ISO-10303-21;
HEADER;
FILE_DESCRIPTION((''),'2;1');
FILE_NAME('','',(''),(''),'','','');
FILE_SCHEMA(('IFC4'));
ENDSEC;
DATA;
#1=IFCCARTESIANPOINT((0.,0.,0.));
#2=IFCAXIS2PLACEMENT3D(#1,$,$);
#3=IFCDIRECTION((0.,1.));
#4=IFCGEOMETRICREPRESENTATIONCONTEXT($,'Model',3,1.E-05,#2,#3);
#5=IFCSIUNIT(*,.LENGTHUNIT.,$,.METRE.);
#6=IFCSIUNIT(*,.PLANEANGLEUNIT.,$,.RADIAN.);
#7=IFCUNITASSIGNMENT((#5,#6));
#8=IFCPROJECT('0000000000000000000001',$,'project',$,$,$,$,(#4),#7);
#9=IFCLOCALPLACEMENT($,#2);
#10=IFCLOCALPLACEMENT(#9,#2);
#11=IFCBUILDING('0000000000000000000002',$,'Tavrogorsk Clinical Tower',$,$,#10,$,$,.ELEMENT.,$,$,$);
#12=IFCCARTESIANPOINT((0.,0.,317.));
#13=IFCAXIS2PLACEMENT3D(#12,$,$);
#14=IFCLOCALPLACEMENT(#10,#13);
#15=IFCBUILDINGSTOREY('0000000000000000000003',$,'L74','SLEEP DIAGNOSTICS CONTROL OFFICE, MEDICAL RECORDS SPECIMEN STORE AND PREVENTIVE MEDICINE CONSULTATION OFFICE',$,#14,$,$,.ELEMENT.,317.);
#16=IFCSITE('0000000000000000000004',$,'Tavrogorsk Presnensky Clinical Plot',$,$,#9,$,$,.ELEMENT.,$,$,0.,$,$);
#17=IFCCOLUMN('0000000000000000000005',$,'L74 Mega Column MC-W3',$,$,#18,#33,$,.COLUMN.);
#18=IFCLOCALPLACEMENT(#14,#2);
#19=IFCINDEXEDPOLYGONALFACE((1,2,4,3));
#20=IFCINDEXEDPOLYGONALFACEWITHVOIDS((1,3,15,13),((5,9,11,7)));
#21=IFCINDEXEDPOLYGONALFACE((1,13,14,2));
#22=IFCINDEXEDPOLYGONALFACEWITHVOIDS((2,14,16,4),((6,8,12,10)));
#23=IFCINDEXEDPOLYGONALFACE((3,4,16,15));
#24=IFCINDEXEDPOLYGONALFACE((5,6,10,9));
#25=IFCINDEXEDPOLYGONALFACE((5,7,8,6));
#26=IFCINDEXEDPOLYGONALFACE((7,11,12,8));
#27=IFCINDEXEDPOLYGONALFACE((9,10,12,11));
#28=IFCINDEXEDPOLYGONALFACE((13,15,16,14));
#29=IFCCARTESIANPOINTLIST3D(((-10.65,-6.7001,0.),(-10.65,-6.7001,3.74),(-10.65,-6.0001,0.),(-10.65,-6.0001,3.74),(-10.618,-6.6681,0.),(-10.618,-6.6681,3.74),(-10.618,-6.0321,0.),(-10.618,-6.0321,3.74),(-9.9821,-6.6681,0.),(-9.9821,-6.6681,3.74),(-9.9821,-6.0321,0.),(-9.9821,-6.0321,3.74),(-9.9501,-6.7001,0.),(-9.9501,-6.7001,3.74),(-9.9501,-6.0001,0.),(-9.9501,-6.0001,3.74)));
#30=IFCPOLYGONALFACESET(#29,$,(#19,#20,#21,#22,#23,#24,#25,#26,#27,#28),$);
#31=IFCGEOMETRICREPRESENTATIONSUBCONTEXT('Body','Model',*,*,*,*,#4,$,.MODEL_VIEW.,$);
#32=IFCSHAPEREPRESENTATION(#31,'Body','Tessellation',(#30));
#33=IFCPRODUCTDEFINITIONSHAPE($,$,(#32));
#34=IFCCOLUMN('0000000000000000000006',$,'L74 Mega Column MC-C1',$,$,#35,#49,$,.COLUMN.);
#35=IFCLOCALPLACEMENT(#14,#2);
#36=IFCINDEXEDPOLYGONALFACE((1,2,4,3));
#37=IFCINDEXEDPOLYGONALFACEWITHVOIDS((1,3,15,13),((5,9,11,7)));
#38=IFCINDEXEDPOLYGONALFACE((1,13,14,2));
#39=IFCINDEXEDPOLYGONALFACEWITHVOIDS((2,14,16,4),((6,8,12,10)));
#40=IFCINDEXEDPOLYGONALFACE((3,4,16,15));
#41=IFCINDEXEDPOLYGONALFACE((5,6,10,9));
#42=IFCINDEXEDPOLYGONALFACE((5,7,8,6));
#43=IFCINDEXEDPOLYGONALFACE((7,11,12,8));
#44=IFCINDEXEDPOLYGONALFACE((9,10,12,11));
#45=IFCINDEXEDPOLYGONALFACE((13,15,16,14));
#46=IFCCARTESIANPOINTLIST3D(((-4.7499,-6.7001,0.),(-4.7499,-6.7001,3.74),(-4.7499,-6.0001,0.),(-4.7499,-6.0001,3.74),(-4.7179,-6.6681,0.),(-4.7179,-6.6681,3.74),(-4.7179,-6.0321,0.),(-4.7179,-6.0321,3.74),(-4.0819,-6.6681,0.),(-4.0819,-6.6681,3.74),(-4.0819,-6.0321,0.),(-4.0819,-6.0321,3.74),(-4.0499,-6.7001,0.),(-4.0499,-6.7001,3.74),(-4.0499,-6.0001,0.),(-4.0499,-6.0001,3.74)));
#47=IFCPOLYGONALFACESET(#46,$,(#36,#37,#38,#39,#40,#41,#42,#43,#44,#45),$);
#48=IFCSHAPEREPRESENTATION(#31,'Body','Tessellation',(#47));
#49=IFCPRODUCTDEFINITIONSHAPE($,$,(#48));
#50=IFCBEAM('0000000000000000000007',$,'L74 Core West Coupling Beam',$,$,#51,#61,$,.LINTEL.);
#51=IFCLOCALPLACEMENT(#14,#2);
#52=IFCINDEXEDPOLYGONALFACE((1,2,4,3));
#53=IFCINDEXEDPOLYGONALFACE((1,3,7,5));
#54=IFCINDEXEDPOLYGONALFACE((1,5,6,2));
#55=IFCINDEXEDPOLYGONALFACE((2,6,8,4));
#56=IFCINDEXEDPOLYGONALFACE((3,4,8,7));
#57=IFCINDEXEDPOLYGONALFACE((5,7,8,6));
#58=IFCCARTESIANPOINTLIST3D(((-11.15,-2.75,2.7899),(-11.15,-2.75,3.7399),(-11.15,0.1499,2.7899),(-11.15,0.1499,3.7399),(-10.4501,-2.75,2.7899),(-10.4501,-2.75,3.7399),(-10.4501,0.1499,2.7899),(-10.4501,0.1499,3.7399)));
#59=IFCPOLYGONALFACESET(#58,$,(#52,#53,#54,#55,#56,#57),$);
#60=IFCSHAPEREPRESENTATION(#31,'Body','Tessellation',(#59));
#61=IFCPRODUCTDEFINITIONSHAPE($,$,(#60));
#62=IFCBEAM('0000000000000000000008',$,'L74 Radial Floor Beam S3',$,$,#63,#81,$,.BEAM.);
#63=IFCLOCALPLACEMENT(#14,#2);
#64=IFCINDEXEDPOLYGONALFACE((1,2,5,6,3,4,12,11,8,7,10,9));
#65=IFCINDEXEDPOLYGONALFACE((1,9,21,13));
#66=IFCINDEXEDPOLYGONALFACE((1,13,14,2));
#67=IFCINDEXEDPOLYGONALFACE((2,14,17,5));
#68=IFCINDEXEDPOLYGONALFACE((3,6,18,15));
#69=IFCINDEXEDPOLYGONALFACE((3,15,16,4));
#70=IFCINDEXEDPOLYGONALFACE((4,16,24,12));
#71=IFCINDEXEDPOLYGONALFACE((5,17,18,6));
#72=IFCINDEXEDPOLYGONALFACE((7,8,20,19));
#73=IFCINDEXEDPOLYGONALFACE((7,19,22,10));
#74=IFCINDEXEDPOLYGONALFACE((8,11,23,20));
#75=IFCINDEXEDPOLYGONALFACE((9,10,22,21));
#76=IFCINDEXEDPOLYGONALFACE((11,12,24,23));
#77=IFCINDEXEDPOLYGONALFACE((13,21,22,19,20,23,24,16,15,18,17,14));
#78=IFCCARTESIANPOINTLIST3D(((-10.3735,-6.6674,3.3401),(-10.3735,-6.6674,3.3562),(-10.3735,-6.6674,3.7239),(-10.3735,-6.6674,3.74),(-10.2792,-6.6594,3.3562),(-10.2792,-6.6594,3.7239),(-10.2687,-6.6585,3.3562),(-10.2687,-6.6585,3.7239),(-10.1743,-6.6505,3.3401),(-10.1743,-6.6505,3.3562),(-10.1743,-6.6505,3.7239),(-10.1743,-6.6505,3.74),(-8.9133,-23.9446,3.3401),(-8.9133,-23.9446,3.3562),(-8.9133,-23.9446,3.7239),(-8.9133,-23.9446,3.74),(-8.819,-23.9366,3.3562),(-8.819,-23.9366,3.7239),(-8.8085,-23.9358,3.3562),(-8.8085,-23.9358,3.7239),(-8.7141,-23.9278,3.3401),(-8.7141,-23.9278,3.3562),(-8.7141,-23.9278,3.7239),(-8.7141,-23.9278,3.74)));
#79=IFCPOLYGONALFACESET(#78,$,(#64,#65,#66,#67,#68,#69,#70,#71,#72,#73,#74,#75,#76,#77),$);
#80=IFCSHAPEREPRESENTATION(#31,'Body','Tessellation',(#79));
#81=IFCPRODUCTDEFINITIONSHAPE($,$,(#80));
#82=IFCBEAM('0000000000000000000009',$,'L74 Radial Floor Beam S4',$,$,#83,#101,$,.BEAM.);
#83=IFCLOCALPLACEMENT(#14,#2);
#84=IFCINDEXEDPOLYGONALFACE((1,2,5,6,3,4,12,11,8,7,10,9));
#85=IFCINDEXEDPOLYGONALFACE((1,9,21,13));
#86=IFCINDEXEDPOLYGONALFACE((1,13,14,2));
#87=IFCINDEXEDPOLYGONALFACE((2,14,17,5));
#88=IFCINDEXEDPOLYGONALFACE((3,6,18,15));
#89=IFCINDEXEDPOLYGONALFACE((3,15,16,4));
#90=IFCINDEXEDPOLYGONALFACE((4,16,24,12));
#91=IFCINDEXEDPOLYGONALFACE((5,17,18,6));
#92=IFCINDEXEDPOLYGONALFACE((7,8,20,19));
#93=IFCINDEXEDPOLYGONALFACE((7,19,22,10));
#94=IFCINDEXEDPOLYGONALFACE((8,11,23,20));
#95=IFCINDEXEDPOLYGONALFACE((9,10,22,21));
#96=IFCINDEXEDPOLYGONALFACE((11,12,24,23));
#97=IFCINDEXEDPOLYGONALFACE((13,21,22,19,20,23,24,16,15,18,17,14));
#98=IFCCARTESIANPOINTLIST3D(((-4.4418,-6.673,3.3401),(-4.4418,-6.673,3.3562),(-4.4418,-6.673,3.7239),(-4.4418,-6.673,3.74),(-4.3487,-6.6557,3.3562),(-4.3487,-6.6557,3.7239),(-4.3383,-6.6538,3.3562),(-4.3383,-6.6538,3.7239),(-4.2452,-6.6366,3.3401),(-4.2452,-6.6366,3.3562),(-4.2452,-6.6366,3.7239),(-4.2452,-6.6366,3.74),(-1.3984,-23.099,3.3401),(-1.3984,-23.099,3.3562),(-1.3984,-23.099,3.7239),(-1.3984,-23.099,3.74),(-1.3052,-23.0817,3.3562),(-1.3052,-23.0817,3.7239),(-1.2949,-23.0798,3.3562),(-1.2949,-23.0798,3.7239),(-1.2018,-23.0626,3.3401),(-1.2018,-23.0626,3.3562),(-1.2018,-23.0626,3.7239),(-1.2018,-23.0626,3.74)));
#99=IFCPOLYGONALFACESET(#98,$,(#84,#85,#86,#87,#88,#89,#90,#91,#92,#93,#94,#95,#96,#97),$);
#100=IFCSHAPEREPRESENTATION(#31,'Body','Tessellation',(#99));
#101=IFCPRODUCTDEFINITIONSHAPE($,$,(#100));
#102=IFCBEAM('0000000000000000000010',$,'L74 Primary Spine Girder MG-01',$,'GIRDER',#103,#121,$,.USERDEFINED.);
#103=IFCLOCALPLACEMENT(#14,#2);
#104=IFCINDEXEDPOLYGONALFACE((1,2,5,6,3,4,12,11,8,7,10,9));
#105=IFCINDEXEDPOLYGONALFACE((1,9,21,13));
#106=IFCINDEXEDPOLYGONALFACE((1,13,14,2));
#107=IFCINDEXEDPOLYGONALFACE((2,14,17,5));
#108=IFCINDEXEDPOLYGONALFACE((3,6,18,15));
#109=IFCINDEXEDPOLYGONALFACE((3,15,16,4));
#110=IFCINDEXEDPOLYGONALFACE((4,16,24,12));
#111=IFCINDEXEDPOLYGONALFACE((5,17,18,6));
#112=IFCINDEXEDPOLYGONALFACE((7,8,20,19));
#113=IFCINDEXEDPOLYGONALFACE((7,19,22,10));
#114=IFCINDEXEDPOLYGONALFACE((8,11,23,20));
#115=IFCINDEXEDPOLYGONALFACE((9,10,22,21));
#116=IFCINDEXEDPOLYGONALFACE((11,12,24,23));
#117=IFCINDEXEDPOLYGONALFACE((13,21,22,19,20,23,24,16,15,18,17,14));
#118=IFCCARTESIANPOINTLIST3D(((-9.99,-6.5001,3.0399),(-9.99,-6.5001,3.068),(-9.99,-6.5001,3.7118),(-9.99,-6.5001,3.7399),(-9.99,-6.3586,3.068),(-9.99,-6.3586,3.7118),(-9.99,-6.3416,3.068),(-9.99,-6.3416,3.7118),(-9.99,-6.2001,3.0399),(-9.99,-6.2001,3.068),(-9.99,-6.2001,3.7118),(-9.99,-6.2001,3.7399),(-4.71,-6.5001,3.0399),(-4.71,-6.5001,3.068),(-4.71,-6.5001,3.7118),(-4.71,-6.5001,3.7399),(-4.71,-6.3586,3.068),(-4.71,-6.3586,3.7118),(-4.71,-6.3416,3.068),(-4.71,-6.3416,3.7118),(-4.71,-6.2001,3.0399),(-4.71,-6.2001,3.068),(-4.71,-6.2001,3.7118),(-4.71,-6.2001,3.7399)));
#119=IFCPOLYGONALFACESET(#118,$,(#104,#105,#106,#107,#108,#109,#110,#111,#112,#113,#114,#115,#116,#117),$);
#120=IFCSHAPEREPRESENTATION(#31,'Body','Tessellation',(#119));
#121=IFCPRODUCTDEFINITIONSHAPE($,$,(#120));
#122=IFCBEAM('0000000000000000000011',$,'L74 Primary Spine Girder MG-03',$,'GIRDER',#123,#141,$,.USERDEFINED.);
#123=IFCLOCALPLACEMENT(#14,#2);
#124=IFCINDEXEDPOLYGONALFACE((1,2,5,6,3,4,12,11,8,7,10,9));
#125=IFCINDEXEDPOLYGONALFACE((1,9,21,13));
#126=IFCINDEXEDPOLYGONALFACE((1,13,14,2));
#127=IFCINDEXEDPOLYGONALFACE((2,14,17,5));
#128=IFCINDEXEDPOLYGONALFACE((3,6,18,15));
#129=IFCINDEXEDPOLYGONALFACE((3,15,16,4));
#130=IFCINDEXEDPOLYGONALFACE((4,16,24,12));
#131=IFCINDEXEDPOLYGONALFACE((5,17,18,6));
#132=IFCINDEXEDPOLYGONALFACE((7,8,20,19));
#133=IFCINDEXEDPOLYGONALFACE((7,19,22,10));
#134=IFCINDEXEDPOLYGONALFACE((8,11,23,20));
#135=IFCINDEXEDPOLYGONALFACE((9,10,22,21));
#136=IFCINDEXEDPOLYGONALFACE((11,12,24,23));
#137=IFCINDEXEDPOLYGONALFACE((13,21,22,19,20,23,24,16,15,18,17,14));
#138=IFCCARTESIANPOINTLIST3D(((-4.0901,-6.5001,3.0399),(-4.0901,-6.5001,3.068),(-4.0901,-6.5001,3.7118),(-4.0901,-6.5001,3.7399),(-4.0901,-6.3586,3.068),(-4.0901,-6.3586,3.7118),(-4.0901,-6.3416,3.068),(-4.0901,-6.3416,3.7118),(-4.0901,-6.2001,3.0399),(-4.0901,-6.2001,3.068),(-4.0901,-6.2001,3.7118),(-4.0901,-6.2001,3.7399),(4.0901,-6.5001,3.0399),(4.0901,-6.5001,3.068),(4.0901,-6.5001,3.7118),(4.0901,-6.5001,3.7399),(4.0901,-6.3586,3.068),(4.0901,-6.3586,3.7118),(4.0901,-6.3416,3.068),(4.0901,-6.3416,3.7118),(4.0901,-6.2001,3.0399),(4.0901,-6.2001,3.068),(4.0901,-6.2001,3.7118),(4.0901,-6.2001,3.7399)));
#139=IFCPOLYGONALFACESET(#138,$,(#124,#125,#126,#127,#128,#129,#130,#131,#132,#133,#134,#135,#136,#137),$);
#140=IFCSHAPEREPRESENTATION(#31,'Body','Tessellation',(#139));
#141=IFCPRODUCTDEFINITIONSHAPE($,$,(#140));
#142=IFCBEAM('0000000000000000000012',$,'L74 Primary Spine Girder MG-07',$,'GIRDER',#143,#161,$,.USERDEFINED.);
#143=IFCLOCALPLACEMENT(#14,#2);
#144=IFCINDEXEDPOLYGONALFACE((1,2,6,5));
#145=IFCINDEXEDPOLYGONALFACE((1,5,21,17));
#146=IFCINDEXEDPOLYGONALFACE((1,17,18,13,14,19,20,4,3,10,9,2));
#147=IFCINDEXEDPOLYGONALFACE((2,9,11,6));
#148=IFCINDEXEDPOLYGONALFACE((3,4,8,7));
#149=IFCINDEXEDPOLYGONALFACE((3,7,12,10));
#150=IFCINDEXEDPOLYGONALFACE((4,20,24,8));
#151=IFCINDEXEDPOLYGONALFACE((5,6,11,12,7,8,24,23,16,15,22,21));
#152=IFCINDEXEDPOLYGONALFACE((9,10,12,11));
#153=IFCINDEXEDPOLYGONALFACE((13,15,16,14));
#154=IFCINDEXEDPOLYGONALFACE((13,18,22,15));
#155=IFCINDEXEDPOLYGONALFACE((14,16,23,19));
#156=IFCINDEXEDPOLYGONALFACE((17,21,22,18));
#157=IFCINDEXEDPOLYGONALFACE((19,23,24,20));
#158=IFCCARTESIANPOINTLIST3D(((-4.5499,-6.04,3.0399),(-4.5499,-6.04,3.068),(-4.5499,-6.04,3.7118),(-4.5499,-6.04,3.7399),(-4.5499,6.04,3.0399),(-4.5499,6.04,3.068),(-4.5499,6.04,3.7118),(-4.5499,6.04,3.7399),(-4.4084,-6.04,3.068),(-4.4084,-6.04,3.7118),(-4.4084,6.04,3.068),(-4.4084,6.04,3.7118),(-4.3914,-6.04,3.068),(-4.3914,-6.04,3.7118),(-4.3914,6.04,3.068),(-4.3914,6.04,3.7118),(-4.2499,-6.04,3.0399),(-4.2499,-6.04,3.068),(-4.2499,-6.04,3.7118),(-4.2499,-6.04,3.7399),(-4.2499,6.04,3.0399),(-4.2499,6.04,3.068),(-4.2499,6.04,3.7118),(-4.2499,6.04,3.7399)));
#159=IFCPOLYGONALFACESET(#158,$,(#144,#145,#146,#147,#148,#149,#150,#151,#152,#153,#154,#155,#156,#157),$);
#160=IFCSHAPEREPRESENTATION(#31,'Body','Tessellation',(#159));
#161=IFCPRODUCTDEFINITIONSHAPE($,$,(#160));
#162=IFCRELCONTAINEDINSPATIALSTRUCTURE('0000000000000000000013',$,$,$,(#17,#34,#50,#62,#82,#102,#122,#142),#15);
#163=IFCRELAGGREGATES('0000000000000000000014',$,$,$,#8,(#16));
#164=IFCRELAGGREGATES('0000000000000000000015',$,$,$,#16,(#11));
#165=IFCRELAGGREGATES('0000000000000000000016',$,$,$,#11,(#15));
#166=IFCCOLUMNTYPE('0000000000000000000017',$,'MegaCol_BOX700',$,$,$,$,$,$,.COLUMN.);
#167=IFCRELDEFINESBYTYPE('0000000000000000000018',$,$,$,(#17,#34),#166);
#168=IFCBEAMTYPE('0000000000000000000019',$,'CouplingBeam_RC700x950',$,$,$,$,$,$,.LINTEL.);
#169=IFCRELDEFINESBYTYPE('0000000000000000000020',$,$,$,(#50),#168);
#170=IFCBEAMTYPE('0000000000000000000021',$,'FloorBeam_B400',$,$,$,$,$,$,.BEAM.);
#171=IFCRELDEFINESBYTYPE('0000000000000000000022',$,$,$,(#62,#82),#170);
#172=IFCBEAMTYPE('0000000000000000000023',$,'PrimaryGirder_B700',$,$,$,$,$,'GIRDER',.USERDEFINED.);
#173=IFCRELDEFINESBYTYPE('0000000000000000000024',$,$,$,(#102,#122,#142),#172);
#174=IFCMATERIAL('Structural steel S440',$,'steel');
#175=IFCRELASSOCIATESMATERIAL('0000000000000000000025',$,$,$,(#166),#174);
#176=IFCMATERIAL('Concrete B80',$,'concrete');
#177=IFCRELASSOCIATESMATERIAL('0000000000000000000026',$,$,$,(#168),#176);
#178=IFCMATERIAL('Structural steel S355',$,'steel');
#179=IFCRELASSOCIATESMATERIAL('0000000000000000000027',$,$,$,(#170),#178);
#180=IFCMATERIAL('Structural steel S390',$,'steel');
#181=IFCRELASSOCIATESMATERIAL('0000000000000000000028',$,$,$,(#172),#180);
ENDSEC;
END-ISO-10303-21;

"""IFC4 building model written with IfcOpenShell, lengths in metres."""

from ifc_helpers import new_model, si_unit, direction, frame, origin, origin_2d, place, context, subcontext, project, spatial, rectangle, hollow_rectangle, i_section, extrude, material, material_profile, profile_set, type_object, element, save


model = new_model("IFC4")

# Units and contexts
model_context = context("Model", 3, precision=1e-05, world=origin(), true_north=direction((0.0, 1.0)))
body_context = subcontext(model_context, "Body", "Model", "MODEL_VIEW")
ifc_project = project(units=[si_unit("LENGTHUNIT", "METRE"), si_unit("PLANEANGLEUNIT", "RADIAN")], contexts=[model_context])

# Site, building, storey
site_placement = place(None, origin())
site = spatial("IfcSite", under=ifc_project, at=site_placement, Name="Tavrogorsk Presnensky Clinical Plot", CompositionType="ELEMENT", RefElevation=0.0)
building_placement = place(site_placement, origin())
building = spatial("IfcBuilding", under=site, at=building_placement, Name="Tavrogorsk Clinical Tower", CompositionType="ELEMENT")
storey_placement = place(building_placement, frame((0.0, 0.0, 317.0)))
storey = spatial("IfcBuildingStorey", under=building, at=storey_placement, Name="L74", Description="SLEEP DIAGNOSTICS CONTROL OFFICE, MEDICAL RECORDS SPECIMEN STORE AND PREVENTIVE MEDICINE CONSULTATION OFFICE", CompositionType="ELEMENT", Elevation=317.0)

# Columns
ifc_material_1 = material(Name="Structural steel S440", Category="steel")
ifc_material_profile_1 = material_profile(ifc_material_1, hollow_rectangle(XDim=0.7, YDim=0.7, WallThickness=0.032, at=origin_2d()), Name="BOX-700x700x32")
ifc_profile_set_1 = profile_set([ifc_material_profile_1], Name="Structural steel S440")
column_type = type_object("IfcColumnType", Name="MegaCol_BOX700", PredefinedType="COLUMN", material=ifc_profile_set_1)
for number, where, z_axis, x_axis, name in (
    (1, (-10.3, -6.3501, 0.0), (0.0, 0.0, 1.0), (1.0, 0.0, 0.0), "L74 Mega Column MC-W3"),
    (2, (-4.3999, -6.3501, 0.0), (0.0, 0.0, 1.0), (1.0, 0.0, 0.0), "L74 Mega Column MC-C1"),
):
    element("IfcColumn", number, at=place(storey_placement, frame(where, z_axis=z_axis, x_axis=x_axis)), inside=storey, type_object=column_type, Name=name, PredefinedType="COLUMN", context=body_context, shape_type="SweptSolid", body=[
        extrude(hollow_rectangle(XDim=0.7, YDim=0.7, WallThickness=0.032, at=origin_2d()), origin(), (0.0, 0.0, 1.0), 3.74),
    ])

# Beams
ifc_material_2 = material(Name="Concrete B80", Category="concrete")
ifc_material_profile_2 = material_profile(ifc_material_2, rectangle(XDim=0.7, YDim=0.95, at=origin_2d()), Name="RC-CB-700x950")
ifc_profile_set_2 = profile_set([ifc_material_profile_2], Name="Concrete B80")
beam_type_1 = type_object("IfcBeamType", Name="CouplingBeam_RC700x950", PredefinedType="LINTEL", material=ifc_profile_set_2)
beam_1_placement = place(storey_placement, frame((-10.8, -2.75, 3.2649), z_axis=(0.0, 1.0, 0.0), x_axis=(-1.0, 0.0, 0.0)))
element("IfcBeam", 3, at=beam_1_placement, inside=storey, type_object=beam_type_1, Name="L74 Core West Coupling Beam", PredefinedType="LINTEL", context=body_context, shape_type="SweptSolid", body=[
    extrude(rectangle(XDim=0.7, YDim=0.95, at=origin_2d()), origin(), (0.0, 0.0, 1.0), 2.8999),
])
ifc_material_3 = material(Name="Structural steel S355", Category="steel")
ifc_material_profile_3 = material_profile(ifc_material_3, i_section(OverallWidth=0.2, OverallDepth=0.3999, WebThickness=0.0105, FlangeThickness=0.0161, at=origin_2d()), Name="B-400x200x10.5x16")
ifc_profile_set_3 = profile_set([ifc_material_profile_3], Name="Structural steel S355")
beam_type_2 = type_object("IfcBeamType", Name="FloorBeam_B400", PredefinedType="BEAM", material=ifc_profile_set_3)
beam_2_placement = place(storey_placement, frame((-10.2739, -6.6589, 3.54), z_axis=(0.084215, -0.996448, 0.0), x_axis=(0.996448, 0.084215, 0.0)))
element("IfcBeam", 4, at=beam_2_placement, inside=storey, type_object=beam_type_2, Name="L74 Radial Floor Beam S3", PredefinedType="BEAM", context=body_context, shape_type="SweptSolid", body=[
    extrude(i_section(OverallWidth=0.2, OverallDepth=0.3999, WebThickness=0.0105, FlangeThickness=0.0161, at=origin_2d()), origin(), (0.0, 0.0, 1.0), 17.3389),
])
beam_3_placement = place(storey_placement, frame((-4.3435, -6.6548, 3.54), z_axis=(0.182182, -0.983265, 0.0), x_axis=(0.983265, 0.182182, 0.0)))
element("IfcBeam", 5, at=beam_3_placement, inside=storey, type_object=beam_type_2, Name="L74 Radial Floor Beam S4", PredefinedType="BEAM", context=body_context, shape_type="SweptSolid", body=[
    extrude(i_section(OverallWidth=0.2, OverallDepth=0.3999, WebThickness=0.0105, FlangeThickness=0.0161, at=origin_2d()), origin(), (0.0, 0.0, 1.0), 16.7056),
])
ifc_material_4 = material(Name="Structural steel S390", Category="steel")
ifc_material_profile_4 = material_profile(ifc_material_4, i_section(OverallWidth=0.3, OverallDepth=0.7, WebThickness=0.0171, FlangeThickness=0.0281, at=origin_2d()), Name="B-700x300x17x28")
ifc_profile_set_4 = profile_set([ifc_material_profile_4], Name="Structural steel S390")
beam_type_3 = type_object("IfcBeamType", Name="PrimaryGirder_B700", ElementType="GIRDER", PredefinedType="USERDEFINED", material=ifc_profile_set_4)
beam_4_placement = place(storey_placement, frame((-9.99, -6.3501, 3.3899), z_axis=(1.0, 0.0, 0.0), x_axis=(0.0, 1.0, 0.0)))
element("IfcBeam", 6, at=beam_4_placement, inside=storey, type_object=beam_type_3, Name="L74 Primary Spine Girder MG-01", ObjectType="GIRDER", PredefinedType="USERDEFINED", context=body_context, shape_type="SweptSolid", body=[
    extrude(i_section(OverallWidth=0.3, OverallDepth=0.7, WebThickness=0.0171, FlangeThickness=0.0281, at=origin_2d()), origin(), (0.0, 0.0, 1.0), 5.28),
])
beam_5_placement = place(storey_placement, frame((-4.0901, -6.3501, 3.3899), z_axis=(1.0, 0.0, 0.0), x_axis=(0.0, 1.0, 0.0)))
element("IfcBeam", 7, at=beam_5_placement, inside=storey, type_object=beam_type_3, Name="L74 Primary Spine Girder MG-03", ObjectType="GIRDER", PredefinedType="USERDEFINED", context=body_context, shape_type="SweptSolid", body=[
    extrude(i_section(OverallWidth=0.3, OverallDepth=0.7, WebThickness=0.0171, FlangeThickness=0.0281, at=origin_2d()), origin(), (0.0, 0.0, 1.0), 8.1802),
])
beam_6_placement = place(storey_placement, frame((-4.3999, -6.04, 3.3899), z_axis=(0.0, 1.0, 0.0), x_axis=(-1.0, 0.0, 0.0)))
element("IfcBeam", 8, at=beam_6_placement, inside=storey, type_object=beam_type_3, Name="L74 Primary Spine Girder MG-07", ObjectType="GIRDER", PredefinedType="USERDEFINED", context=body_context, shape_type="SweptSolid", body=[
    extrude(i_section(OverallWidth=0.3, OverallDepth=0.7, WebThickness=0.0171, FlangeThickness=0.0281, at=origin_2d()), origin(), (0.0, 0.0, 1.0), 12.0801),
])

save(model, "model.ifc")
